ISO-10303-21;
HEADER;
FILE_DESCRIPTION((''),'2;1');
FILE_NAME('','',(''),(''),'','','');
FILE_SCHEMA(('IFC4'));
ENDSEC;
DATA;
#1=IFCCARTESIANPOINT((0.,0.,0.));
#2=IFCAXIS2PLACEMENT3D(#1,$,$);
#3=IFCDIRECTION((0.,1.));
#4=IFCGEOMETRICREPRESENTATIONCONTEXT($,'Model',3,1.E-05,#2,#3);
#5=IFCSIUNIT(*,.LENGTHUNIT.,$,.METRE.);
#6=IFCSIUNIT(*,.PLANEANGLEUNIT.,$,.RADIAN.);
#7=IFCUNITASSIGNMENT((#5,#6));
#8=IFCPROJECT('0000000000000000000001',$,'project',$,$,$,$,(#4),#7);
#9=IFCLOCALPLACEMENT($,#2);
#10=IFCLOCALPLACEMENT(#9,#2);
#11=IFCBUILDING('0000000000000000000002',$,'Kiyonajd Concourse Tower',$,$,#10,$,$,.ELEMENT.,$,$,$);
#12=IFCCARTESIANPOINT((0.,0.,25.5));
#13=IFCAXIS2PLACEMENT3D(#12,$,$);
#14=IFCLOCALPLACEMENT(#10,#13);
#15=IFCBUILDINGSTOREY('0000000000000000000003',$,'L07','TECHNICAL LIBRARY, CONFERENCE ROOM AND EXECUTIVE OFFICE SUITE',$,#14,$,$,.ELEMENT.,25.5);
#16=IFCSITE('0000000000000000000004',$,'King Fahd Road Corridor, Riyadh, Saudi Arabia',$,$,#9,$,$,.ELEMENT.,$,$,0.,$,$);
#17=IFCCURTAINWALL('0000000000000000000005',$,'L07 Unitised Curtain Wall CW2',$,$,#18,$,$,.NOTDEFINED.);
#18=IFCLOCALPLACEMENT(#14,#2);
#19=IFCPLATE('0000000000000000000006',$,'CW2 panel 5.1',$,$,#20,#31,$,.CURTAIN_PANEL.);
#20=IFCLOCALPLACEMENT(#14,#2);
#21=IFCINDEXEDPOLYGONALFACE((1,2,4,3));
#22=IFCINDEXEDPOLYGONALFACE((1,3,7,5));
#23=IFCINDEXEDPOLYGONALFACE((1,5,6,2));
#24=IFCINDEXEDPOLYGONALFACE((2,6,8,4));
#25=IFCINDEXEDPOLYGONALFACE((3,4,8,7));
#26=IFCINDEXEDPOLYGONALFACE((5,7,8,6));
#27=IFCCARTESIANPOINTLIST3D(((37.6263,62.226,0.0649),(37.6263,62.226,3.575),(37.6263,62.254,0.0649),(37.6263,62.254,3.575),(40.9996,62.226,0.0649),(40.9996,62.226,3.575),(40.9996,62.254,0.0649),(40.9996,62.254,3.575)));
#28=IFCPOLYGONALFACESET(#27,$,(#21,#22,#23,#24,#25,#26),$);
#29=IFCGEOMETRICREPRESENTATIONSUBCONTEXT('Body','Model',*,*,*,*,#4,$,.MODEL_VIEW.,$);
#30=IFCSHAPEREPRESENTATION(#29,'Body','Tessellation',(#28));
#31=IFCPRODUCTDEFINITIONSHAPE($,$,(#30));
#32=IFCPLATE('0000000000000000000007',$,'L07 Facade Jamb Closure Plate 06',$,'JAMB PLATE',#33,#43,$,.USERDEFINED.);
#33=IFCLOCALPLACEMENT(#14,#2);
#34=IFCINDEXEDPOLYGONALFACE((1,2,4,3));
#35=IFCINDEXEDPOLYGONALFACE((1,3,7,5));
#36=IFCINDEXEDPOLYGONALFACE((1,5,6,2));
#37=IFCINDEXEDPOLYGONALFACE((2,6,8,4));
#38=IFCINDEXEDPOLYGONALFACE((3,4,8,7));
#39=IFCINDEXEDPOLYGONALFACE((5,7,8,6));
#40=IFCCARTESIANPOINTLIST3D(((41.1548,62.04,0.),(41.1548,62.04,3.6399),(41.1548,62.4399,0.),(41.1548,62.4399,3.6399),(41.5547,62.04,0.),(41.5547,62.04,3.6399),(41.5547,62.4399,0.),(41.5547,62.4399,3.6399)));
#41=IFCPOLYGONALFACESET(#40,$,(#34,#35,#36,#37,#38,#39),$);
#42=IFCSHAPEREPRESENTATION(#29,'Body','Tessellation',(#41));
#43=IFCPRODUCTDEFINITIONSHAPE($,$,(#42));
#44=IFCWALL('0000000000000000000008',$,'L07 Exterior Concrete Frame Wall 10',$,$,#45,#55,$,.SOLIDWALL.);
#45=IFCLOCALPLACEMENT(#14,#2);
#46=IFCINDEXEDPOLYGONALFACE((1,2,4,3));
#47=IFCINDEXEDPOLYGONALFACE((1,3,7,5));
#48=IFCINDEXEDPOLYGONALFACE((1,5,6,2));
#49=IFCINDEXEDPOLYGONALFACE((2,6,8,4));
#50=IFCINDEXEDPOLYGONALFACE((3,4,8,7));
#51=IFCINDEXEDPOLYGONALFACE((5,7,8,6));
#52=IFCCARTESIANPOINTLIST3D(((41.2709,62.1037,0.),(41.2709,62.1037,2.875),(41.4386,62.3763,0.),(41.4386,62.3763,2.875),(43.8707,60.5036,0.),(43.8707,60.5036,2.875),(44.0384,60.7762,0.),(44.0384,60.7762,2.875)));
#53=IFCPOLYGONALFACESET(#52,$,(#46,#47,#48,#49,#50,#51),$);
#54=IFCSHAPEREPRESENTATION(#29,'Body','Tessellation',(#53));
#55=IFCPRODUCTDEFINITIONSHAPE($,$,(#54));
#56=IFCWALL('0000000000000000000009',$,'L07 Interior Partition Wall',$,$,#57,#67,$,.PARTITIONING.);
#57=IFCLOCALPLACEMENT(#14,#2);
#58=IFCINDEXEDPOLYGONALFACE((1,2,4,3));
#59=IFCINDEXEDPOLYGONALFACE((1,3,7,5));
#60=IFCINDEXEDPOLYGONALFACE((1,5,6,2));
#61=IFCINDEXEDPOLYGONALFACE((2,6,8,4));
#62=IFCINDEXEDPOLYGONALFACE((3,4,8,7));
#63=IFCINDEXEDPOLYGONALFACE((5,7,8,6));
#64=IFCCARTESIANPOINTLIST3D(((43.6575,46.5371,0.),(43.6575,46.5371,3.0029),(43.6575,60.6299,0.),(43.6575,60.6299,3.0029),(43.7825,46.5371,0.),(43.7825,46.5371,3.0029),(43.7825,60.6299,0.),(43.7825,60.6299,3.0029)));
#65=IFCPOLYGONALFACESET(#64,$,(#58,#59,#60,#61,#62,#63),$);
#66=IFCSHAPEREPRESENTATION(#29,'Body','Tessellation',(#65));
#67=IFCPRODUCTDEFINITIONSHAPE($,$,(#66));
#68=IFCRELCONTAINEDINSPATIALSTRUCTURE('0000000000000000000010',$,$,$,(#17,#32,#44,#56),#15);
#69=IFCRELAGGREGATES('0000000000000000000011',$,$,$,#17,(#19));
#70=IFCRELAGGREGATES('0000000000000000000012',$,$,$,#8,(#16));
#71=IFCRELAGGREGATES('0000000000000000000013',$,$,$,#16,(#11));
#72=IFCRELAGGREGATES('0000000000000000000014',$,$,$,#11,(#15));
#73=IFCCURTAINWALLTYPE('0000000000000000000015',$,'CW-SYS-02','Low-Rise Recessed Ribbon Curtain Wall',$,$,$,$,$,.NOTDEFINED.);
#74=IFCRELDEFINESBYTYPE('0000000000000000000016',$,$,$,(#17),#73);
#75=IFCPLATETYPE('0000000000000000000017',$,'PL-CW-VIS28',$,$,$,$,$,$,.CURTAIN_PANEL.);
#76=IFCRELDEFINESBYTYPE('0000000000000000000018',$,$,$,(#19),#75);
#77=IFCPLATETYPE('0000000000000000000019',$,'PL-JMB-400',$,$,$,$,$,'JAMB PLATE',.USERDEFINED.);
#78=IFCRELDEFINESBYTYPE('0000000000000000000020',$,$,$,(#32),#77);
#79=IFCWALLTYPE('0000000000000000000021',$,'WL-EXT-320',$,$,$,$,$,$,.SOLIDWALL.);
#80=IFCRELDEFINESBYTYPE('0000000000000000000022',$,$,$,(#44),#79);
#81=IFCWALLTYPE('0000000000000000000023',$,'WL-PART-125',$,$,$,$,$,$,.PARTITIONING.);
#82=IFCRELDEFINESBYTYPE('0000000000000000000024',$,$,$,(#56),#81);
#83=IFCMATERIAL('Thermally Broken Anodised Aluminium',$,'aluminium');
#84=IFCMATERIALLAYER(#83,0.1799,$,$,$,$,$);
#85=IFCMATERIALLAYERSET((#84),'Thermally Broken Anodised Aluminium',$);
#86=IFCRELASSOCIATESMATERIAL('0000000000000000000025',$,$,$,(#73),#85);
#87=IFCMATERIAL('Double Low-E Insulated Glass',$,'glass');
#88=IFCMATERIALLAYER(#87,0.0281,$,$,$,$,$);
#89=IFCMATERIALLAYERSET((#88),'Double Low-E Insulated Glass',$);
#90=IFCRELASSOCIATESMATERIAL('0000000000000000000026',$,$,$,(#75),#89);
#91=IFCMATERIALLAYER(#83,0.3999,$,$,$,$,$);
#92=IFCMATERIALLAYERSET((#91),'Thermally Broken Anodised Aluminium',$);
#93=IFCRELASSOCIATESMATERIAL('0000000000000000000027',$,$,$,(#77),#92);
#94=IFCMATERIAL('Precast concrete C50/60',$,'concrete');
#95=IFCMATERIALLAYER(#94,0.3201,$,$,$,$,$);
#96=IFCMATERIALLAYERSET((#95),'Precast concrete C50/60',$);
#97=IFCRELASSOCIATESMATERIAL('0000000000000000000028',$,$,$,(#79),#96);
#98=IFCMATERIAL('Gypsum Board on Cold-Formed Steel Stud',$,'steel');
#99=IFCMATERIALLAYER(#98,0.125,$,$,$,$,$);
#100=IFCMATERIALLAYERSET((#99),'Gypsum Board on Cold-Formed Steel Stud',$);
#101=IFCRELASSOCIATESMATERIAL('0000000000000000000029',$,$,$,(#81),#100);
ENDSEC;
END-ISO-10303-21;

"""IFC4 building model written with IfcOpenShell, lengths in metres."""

from ifc_helpers import new_model, si_unit, direction, frame, frame_2d, origin, origin_2d, place, context, subcontext, project, spatial, rectangle, extrude, material, layer, layer_set, type_object, element, aggregate, save


model = new_model("IFC4")

# Units and contexts
model_context = context("Model", 3, precision=1e-05, world=origin(), true_north=direction((0.0, 1.0)))
body_context = subcontext(model_context, "Body", "Model", "MODEL_VIEW")
ifc_project = project(units=[si_unit("LENGTHUNIT", "METRE"), si_unit("PLANEANGLEUNIT", "RADIAN")], contexts=[model_context])

# Site, building, storey
site_placement = place(None, origin())
site = spatial("IfcSite", under=ifc_project, at=site_placement, Name="King Fahd Road Corridor, Riyadh, Saudi Arabia", CompositionType="ELEMENT", RefElevation=0.0)
building_placement = place(site_placement, origin())
building = spatial("IfcBuilding", under=site, at=building_placement, Name="Kiyonajd Concourse Tower", CompositionType="ELEMENT")
storey_placement = place(building_placement, frame((0.0, 0.0, 25.5)))
storey = spatial("IfcBuildingStorey", under=building, at=storey_placement, Name="L07", Description="TECHNICAL LIBRARY, CONFERENCE ROOM AND EXECUTIVE OFFICE SUITE", CompositionType="ELEMENT", Elevation=25.5)

# Shared definitions
ifc_material_1 = material(Name="Precast concrete C50/60", Category="concrete")

# Curtain wall, plate
ifc_material_2 = material(Name="Thermally Broken Anodised Aluminium", Category="aluminium")
ifc_layer_1 = layer(ifc_material_2, 0.1799)
ifc_layer_set_1 = layer_set([ifc_layer_1], Name="Thermally Broken Anodised Aluminium")
curtain_wall_type = type_object("IfcCurtainWallType", Name="CW-SYS-02", Description="Low-Rise Recessed Ribbon Curtain Wall", PredefinedType="NOTDEFINED", material=ifc_layer_set_1)
curtain_wall_placement = place(storey_placement, origin())
curtain_wall = element("IfcCurtainWall", 1, at=curtain_wall_placement, inside=storey, type_object=curtain_wall_type, Name="L07 Unitised Curtain Wall CW2", PredefinedType="NOTDEFINED")
ifc_material_3 = material(Name="Double Low-E Insulated Glass", Category="glass")
ifc_layer_2 = layer(ifc_material_3, 0.0281)
ifc_layer_set_2 = layer_set([ifc_layer_2], Name="Double Low-E Insulated Glass")
plate_type_1 = type_object("IfcPlateType", Name="PL-CW-VIS28", PredefinedType="CURTAIN_PANEL", material=ifc_layer_set_2)
plate_1_placement = place(storey_placement, frame((39.313, 62.24, 0.0649), z_axis=(0.0, 0.0, 1.0), x_axis=(1.0, 0.0, 0.0)))
plate_1 = element("IfcPlate", 2, at=plate_1_placement, type_object=plate_type_1, Name="CW2 panel 5.1", PredefinedType="CURTAIN_PANEL", context=body_context, shape_type="SweptSolid", body=[
    extrude(rectangle(XDim=3.3733, YDim=0.0281, at=origin_2d()), origin(), (0.0, 0.0, 1.0), 3.51),
])
aggregate(curtain_wall, [plate_1])

# Plate
ifc_layer_3 = layer(ifc_material_2, 0.3999)
ifc_layer_set_3 = layer_set([ifc_layer_3], Name="Thermally Broken Anodised Aluminium")
plate_type_2 = type_object("IfcPlateType", Name="PL-JMB-400", ElementType="JAMB PLATE", PredefinedType="USERDEFINED", material=ifc_layer_set_3)
plate_2_placement = place(storey_placement, frame((41.3547, 62.24, 0.0), z_axis=(0.0, 0.0, 1.0), x_axis=(1.0, 0.0, 0.0)))
element("IfcPlate", 3, at=plate_2_placement, inside=storey, type_object=plate_type_2, Name="L07 Facade Jamb Closure Plate 06", ObjectType="JAMB PLATE", PredefinedType="USERDEFINED", context=body_context, shape_type="SweptSolid", body=[
    extrude(rectangle(XDim=0.3999, YDim=0.3999, at=origin_2d()), origin(), (0.0, 0.0, 1.0), 3.6399),
])

# Walls
ifc_layer_4 = layer(ifc_material_1, 0.3201)
ifc_layer_set_4 = layer_set([ifc_layer_4], Name="Precast concrete C50/60")
wall_type_1 = type_object("IfcWallType", Name="WL-EXT-320", PredefinedType="SOLIDWALL", material=ifc_layer_set_4)
wall_1_placement = place(storey_placement, frame((41.3547, 62.24, 0.0), z_axis=(0.0, 0.0, 1.0), x_axis=(0.851631, -0.524142, 0.0)))
element("IfcWall", 4, at=wall_1_placement, inside=storey, type_object=wall_type_1, Name="L07 Exterior Concrete Frame Wall 10", PredefinedType="SOLIDWALL", context=body_context, shape_type="SweptSolid", body=[
    extrude(rectangle(XDim=3.0527, YDim=0.3201, at=frame_2d((1.5264, 0.0))), origin(), (0.0, 0.0, 1.0), 2.875),
])
ifc_material_4 = material(Name="Gypsum Board on Cold-Formed Steel Stud", Category="steel")
ifc_layer_5 = layer(ifc_material_4, 0.125)
ifc_layer_set_5 = layer_set([ifc_layer_5], Name="Gypsum Board on Cold-Formed Steel Stud")
wall_type_2 = type_object("IfcWallType", Name="WL-PART-125", PredefinedType="PARTITIONING", material=ifc_layer_set_5)
wall_2_placement = place(storey_placement, frame((43.72, 46.5371, 0.0), z_axis=(0.0, 0.0, 1.0), x_axis=(0.0, 1.0, 0.0)))
element("IfcWall", 5, at=wall_2_placement, inside=storey, type_object=wall_type_2, Name="L07 Interior Partition Wall", PredefinedType="PARTITIONING", context=body_context, shape_type="SweptSolid", body=[
    extrude(rectangle(XDim=14.0928, YDim=0.125, at=frame_2d((7.0464, 0.0))), origin(), (0.0, 0.0, 1.0), 3.0029),
])

save(model, "model.ifc")
